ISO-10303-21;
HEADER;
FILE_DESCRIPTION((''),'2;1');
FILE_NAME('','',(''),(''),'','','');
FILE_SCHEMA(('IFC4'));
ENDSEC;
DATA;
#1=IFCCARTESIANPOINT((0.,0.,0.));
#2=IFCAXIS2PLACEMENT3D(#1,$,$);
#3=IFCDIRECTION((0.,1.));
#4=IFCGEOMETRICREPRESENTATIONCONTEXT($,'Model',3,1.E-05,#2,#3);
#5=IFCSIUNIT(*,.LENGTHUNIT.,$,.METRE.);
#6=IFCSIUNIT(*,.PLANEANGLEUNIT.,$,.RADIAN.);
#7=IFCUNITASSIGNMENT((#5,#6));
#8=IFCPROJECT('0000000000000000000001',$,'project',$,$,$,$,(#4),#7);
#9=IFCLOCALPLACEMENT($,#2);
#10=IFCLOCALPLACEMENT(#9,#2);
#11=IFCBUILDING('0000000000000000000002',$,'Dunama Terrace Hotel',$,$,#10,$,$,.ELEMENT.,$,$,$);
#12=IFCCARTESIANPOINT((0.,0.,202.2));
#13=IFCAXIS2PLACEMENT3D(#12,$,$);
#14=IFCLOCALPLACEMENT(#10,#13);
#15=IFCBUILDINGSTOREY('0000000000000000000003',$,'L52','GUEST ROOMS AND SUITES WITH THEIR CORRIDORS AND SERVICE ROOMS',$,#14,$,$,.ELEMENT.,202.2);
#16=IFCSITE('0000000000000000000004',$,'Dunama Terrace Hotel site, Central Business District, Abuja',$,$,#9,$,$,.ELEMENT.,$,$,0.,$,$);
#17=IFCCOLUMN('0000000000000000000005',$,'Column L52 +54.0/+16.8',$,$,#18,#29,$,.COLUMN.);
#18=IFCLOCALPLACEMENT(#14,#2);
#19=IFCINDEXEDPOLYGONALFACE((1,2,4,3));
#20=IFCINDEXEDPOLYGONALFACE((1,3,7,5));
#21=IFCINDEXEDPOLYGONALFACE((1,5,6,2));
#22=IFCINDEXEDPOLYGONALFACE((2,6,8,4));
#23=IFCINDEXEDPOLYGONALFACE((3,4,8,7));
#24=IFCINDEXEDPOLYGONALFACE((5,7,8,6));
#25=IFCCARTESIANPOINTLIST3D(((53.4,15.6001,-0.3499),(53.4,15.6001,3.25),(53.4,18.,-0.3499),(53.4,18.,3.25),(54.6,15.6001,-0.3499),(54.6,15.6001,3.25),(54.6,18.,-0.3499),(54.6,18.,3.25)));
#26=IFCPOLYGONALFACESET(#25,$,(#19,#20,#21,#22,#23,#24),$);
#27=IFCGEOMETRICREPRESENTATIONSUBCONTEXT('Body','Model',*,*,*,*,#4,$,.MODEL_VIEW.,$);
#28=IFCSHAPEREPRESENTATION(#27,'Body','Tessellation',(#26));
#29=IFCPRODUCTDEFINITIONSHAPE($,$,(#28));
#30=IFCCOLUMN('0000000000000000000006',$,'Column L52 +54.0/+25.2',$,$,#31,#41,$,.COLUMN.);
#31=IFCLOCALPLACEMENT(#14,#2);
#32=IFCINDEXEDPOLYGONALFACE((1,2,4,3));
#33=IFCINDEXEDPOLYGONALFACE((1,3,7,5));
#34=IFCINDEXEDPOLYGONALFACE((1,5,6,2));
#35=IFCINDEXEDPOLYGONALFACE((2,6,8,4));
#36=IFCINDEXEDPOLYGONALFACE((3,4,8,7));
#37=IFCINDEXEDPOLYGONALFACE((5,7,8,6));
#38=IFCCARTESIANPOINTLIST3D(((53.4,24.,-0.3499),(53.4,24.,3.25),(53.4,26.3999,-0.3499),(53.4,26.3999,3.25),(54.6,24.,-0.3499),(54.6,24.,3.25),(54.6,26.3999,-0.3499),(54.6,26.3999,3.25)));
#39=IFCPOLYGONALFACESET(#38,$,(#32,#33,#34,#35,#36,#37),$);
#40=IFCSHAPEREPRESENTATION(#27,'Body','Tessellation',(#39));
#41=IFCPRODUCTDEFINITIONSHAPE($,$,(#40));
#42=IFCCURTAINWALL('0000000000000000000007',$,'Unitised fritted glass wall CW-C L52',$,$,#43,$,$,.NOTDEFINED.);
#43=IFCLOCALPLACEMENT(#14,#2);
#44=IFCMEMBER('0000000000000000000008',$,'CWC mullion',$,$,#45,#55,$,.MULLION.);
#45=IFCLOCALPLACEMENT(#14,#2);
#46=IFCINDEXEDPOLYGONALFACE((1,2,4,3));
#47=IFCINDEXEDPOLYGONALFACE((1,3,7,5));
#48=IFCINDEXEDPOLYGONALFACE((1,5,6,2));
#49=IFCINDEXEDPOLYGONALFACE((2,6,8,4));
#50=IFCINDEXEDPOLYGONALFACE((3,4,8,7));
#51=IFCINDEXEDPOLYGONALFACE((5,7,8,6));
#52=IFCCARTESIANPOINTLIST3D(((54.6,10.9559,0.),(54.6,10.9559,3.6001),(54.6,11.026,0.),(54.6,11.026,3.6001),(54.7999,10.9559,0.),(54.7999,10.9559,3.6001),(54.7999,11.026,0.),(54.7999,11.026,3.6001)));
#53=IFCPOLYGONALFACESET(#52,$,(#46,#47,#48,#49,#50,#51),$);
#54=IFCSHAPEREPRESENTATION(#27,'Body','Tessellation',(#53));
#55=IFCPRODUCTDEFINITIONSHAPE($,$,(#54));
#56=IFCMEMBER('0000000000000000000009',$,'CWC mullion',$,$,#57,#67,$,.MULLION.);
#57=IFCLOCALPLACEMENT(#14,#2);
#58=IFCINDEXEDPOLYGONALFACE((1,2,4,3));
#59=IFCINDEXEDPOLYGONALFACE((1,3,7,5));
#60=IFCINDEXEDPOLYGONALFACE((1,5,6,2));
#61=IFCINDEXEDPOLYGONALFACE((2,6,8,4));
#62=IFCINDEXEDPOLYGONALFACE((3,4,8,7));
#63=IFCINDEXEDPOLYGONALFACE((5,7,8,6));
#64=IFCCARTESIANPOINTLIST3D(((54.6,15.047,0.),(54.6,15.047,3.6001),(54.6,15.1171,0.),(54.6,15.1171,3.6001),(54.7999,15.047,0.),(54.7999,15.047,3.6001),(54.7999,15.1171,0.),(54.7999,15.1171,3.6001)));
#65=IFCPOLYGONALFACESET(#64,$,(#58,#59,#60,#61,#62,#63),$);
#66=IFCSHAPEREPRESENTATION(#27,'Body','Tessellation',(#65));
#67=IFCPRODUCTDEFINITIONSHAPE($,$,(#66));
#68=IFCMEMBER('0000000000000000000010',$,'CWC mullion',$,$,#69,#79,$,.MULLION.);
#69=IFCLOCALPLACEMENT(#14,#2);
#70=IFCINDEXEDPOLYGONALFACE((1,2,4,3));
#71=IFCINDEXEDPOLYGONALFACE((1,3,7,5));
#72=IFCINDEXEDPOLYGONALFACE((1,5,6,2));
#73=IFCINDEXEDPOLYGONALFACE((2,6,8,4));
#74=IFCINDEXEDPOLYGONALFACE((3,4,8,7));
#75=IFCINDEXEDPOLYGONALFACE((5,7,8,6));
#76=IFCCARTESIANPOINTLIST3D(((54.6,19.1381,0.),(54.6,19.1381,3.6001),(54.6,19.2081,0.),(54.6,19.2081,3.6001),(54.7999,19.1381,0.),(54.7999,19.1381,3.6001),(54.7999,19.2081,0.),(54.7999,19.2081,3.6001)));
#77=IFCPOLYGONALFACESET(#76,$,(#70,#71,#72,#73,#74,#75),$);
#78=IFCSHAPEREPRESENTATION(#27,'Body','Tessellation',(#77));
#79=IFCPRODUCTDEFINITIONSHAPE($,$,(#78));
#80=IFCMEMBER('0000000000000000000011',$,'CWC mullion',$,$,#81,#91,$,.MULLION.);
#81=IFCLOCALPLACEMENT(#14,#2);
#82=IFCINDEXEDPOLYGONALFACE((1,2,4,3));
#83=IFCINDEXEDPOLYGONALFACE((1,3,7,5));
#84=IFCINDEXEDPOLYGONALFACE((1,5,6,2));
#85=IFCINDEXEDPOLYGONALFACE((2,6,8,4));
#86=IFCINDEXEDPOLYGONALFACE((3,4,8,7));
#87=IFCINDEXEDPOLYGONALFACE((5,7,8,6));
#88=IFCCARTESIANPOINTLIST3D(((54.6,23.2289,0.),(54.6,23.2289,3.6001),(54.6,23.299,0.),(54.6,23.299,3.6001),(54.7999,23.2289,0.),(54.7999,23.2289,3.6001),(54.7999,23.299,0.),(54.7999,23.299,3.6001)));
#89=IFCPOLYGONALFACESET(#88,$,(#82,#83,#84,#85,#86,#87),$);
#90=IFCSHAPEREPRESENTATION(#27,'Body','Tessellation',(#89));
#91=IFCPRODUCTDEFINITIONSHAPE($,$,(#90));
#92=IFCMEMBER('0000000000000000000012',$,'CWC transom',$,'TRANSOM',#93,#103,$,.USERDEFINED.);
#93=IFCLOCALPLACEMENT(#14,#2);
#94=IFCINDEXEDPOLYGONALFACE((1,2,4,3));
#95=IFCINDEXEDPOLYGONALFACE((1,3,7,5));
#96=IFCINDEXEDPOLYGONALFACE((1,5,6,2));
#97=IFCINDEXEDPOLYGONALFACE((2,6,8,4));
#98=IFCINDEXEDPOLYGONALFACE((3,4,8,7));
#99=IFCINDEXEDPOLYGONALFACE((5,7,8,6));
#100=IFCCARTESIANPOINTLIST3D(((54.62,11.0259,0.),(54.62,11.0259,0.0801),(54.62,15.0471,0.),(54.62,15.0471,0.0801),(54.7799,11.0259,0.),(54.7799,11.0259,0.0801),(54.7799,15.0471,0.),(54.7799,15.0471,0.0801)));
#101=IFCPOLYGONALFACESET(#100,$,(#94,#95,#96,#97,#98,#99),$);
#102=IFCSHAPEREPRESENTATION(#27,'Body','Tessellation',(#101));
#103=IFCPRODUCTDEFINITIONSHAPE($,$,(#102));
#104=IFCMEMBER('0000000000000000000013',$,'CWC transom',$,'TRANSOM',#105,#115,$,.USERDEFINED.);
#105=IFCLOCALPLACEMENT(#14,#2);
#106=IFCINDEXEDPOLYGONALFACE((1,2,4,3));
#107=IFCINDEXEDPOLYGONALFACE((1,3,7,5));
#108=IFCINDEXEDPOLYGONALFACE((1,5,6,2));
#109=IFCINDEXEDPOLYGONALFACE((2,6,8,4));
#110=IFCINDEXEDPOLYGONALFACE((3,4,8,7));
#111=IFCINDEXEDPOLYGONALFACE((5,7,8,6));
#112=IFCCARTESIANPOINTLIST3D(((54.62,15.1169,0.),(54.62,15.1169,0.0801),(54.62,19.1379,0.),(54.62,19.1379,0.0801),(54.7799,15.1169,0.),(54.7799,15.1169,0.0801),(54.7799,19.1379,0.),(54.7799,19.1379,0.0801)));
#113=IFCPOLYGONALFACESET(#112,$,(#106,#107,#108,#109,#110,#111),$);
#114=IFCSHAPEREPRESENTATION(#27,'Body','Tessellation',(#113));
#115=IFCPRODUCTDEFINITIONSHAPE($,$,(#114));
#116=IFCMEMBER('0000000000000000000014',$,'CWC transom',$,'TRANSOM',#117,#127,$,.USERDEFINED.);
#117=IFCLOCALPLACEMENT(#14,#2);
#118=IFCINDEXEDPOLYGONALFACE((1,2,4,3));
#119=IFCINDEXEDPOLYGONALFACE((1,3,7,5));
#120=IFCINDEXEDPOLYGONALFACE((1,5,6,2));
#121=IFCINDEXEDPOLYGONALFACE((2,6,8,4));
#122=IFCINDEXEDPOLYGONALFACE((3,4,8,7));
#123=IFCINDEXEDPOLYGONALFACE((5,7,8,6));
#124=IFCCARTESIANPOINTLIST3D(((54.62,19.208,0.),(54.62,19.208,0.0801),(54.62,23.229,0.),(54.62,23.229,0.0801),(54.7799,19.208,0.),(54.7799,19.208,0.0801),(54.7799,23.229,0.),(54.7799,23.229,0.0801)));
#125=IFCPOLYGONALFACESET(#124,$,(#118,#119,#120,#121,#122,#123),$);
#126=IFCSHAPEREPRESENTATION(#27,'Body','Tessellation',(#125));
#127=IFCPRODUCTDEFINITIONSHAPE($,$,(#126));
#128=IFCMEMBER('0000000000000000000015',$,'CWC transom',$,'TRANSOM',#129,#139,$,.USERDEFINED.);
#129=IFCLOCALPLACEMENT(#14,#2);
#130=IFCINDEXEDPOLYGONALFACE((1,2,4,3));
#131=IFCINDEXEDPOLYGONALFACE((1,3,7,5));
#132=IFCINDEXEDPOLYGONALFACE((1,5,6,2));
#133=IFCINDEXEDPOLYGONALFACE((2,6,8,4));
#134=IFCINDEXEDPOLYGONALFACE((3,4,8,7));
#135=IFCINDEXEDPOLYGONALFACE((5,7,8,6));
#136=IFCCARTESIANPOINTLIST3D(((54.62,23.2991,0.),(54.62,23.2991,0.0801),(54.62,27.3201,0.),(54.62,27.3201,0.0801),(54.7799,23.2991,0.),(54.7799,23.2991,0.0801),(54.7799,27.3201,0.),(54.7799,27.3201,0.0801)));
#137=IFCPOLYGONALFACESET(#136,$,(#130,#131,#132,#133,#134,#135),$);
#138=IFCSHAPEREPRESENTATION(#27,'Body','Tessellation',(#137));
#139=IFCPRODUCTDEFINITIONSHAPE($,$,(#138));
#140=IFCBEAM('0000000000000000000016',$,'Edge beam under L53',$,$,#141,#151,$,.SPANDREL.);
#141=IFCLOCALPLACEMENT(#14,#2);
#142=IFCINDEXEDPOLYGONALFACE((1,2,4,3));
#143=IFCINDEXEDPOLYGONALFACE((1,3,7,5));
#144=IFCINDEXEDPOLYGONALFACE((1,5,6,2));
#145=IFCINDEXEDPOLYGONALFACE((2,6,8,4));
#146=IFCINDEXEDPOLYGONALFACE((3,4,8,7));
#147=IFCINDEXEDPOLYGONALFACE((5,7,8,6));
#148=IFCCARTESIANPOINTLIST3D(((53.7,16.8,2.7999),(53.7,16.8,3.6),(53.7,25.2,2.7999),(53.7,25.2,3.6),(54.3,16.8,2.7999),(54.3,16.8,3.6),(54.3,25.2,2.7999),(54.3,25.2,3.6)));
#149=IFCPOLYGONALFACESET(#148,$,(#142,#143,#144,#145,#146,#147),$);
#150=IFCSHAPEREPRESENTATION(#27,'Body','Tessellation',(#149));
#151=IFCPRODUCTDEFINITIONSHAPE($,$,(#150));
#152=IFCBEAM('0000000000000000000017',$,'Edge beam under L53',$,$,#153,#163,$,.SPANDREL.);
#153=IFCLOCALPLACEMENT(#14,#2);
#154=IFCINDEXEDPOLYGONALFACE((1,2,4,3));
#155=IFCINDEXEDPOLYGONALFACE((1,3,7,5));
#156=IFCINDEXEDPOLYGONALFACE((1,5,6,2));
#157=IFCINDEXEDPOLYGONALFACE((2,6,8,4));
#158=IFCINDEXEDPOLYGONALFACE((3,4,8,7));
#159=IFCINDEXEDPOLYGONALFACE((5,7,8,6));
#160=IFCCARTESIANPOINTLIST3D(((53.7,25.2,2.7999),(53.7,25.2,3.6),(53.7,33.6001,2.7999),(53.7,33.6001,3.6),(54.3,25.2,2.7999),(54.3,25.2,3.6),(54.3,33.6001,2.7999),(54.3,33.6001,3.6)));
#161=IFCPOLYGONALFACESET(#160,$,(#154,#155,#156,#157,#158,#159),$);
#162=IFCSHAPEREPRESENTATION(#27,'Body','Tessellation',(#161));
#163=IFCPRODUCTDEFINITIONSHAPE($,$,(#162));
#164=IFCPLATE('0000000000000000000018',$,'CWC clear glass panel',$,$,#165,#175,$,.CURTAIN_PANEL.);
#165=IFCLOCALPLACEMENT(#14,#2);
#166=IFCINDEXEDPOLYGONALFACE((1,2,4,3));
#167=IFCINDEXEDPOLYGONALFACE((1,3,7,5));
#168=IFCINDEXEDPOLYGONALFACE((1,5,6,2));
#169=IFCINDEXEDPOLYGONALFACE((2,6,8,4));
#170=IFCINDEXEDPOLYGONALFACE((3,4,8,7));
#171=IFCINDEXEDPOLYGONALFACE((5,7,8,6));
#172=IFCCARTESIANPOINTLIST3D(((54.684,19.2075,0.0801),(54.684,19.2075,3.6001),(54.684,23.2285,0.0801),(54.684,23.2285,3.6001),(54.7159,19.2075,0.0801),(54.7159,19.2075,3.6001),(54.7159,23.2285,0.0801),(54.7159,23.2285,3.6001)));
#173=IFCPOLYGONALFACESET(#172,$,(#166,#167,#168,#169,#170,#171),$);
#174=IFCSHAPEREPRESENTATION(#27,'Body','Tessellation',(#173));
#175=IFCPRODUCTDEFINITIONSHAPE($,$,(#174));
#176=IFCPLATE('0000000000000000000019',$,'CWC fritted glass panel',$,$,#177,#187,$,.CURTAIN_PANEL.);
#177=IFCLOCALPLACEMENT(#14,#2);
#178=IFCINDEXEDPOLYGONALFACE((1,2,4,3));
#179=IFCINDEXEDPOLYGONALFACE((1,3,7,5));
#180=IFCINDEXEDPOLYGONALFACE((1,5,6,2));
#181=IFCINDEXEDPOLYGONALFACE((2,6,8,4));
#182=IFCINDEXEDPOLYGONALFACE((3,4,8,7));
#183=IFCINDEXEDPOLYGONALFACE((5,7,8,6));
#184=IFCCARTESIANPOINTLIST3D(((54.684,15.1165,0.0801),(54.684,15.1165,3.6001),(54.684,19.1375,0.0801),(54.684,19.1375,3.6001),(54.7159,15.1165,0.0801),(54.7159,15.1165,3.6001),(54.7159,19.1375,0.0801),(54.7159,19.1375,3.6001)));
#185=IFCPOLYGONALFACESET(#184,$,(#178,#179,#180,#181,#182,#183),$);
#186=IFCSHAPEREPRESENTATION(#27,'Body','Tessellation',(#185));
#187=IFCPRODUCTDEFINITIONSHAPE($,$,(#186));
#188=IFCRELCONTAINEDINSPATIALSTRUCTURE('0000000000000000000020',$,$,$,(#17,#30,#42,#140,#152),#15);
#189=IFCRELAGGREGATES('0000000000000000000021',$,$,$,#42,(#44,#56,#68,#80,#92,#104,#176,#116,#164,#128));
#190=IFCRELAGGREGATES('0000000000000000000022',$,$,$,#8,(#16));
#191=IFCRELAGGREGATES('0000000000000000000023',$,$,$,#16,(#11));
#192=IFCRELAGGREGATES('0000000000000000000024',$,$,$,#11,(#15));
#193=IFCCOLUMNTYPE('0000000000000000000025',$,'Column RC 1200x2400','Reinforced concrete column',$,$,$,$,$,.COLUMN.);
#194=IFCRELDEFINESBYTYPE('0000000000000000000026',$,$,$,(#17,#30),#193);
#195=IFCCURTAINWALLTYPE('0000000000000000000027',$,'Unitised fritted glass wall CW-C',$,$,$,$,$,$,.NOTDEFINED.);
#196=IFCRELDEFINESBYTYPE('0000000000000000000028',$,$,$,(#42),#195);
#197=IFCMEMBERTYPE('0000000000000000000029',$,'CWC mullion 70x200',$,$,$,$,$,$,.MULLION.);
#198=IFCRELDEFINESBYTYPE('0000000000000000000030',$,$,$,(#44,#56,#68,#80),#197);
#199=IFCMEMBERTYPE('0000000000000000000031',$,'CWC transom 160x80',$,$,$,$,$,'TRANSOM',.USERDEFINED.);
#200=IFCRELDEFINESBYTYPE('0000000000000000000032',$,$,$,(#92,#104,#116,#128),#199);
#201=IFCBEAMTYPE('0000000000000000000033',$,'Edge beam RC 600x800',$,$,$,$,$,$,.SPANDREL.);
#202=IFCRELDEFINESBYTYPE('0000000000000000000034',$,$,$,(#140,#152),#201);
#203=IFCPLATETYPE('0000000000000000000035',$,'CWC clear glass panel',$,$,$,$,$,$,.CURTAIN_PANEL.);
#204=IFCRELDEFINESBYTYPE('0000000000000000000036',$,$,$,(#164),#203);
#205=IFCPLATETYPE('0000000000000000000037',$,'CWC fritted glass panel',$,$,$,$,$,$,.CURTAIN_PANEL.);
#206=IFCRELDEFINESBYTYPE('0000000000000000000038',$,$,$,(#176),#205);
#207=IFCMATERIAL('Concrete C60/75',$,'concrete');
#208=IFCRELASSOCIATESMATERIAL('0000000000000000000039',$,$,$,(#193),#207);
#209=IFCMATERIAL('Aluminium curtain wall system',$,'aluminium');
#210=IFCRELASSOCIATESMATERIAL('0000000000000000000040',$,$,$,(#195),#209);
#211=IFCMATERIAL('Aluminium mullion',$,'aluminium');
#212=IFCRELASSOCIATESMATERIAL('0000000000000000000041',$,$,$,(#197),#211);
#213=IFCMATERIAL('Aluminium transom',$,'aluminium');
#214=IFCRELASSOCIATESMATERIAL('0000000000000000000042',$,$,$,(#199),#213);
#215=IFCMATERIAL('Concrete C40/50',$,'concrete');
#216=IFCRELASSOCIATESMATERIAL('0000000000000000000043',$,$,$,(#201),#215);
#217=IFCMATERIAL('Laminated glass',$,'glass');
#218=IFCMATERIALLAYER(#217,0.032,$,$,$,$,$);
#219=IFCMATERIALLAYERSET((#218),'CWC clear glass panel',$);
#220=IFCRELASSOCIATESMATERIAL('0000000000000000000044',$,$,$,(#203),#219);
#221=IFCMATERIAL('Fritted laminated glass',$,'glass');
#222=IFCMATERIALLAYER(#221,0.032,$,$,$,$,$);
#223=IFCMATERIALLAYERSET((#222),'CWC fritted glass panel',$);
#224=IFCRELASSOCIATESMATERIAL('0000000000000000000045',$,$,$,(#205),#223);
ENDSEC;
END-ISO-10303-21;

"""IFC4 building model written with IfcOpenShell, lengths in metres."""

from ifc_helpers import new_model, si_unit, direction, frame, origin, origin_2d, place, context, subcontext, project, spatial, rectangle, extrude, material, layer, layer_set, material_profile, profile_set, type_object, element, aggregate, save


model = new_model("IFC4")

# Units and contexts
model_context = context("Model", 3, precision=1e-05, world=origin(), true_north=direction((0.0, 1.0)))
body_context = subcontext(model_context, "Body", "Model", "MODEL_VIEW")
ifc_project = project(units=[si_unit("LENGTHUNIT", "METRE"), si_unit("PLANEANGLEUNIT", "RADIAN")], contexts=[model_context])

# Site, building, storey
site_placement = place(None, origin())
site = spatial("IfcSite", under=ifc_project, at=site_placement, Name="Dunama Terrace Hotel site, Central Business District, Abuja", CompositionType="ELEMENT", RefElevation=0.0)
building_placement = place(site_placement, origin())
building = spatial("IfcBuilding", under=site, at=building_placement, Name="Dunama Terrace Hotel", CompositionType="ELEMENT")
storey_placement = place(building_placement, frame((0.0, 0.0, 202.2)))
storey = spatial("IfcBuildingStorey", under=building, at=storey_placement, Name="L52", Description="GUEST ROOMS AND SUITES WITH THEIR CORRIDORS AND SERVICE ROOMS", CompositionType="ELEMENT", Elevation=202.2)

# Columns
ifc_material_1 = material(Name="Concrete C60/75", Category="concrete")
ifc_material_profile_1 = material_profile(ifc_material_1, rectangle(XDim=1.2, YDim=2.3999, at=origin_2d()), Name="RC 1200x2400")
ifc_profile_set_1 = profile_set([ifc_material_profile_1], Name="Concrete C60/75")
column_type = type_object("IfcColumnType", Name="Column RC 1200x2400", Description="Reinforced concrete column", PredefinedType="COLUMN", material=ifc_profile_set_1)
for number, where, z_axis, x_axis, name in (
    (1, (54.0, 16.8, -0.3499), (0.0, 0.0, 1.0), (1.0, 0.0, 0.0), "Column L52 +54.0/+16.8"),
    (2, (54.0, 25.2, -0.3499), (0.0, 0.0, 1.0), (1.0, 0.0, 0.0), "Column L52 +54.0/+25.2"),
):
    element("IfcColumn", number, at=place(storey_placement, frame(where, z_axis=z_axis, x_axis=x_axis)), inside=storey, type_object=column_type, Name=name, PredefinedType="COLUMN", context=body_context, shape_type="SweptSolid", body=[
        extrude(rectangle(XDim=1.2, YDim=2.3999, at=origin_2d()), origin(), (0.0, 0.0, 1.0), 3.5999),
    ])

# Curtain wall, members
ifc_material_2 = material(Name="Aluminium curtain wall system", Category="aluminium")
curtain_wall_type = type_object("IfcCurtainWallType", Name="Unitised fritted glass wall CW-C", PredefinedType="NOTDEFINED", material=ifc_material_2)
curtain_wall_placement = place(storey_placement, origin())
curtain_wall = element("IfcCurtainWall", 3, at=curtain_wall_placement, inside=storey, type_object=curtain_wall_type, Name="Unitised fritted glass wall CW-C L52", PredefinedType="NOTDEFINED")
ifc_material_3 = material(Name="Aluminium mullion", Category="aluminium")
ifc_material_profile_2 = material_profile(ifc_material_3, rectangle(XDim=0.0701, YDim=0.2, at=origin_2d()), Name="CWC MULLION 70X200")
ifc_profile_set_2 = profile_set([ifc_material_profile_2], Name="Aluminium mullion")
member_type_1 = type_object("IfcMemberType", Name="CWC mullion 70x200", PredefinedType="MULLION", material=ifc_profile_set_2)
member_1_placement = place(storey_placement, frame((54.7, 10.991, 0.0), z_axis=(0.0, 0.0, 1.0), x_axis=(0.0, 1.0, 0.0)))
member_1 = element("IfcMember", 4, at=member_1_placement, type_object=member_type_1, Name="CWC mullion", PredefinedType="MULLION", context=body_context, shape_type="SweptSolid", body=[
    extrude(rectangle(XDim=0.0701, YDim=0.2, at=origin_2d()), origin(), (0.0, 0.0, 1.0), 3.6001),
])
member_2_placement = place(storey_placement, frame((54.7, 15.082, 0.0), z_axis=(0.0, 0.0, 1.0), x_axis=(0.0, 1.0, 0.0)))
member_2 = element("IfcMember", 5, at=member_2_placement, type_object=member_type_1, Name="CWC mullion", PredefinedType="MULLION", context=body_context, shape_type="SweptSolid", body=[
    extrude(rectangle(XDim=0.0701, YDim=0.2, at=origin_2d()), origin(), (0.0, 0.0, 1.0), 3.6001),
])
member_3_placement = place(storey_placement, frame((54.7, 19.1731, 0.0), z_axis=(0.0, 0.0, 1.0), x_axis=(0.0, 1.0, 0.0)))
member_3 = element("IfcMember", 6, at=member_3_placement, type_object=member_type_1, Name="CWC mullion", PredefinedType="MULLION", context=body_context, shape_type="SweptSolid", body=[
    extrude(rectangle(XDim=0.0701, YDim=0.2, at=origin_2d()), origin(), (0.0, 0.0, 1.0), 3.6001),
])
member_4_placement = place(storey_placement, frame((54.7, 23.2639, 0.0), z_axis=(0.0, 0.0, 1.0), x_axis=(0.0, 1.0, 0.0)))
member_4 = element("IfcMember", 7, at=member_4_placement, type_object=member_type_1, Name="CWC mullion", PredefinedType="MULLION", context=body_context, shape_type="SweptSolid", body=[
    extrude(rectangle(XDim=0.0701, YDim=0.2, at=origin_2d()), origin(), (0.0, 0.0, 1.0), 3.6001),
])
ifc_material_4 = material(Name="Aluminium transom", Category="aluminium")
ifc_material_profile_3 = material_profile(ifc_material_4, rectangle(XDim=0.1599, YDim=0.0801, at=origin_2d()), Name="CWC TRANSOM 160X80")
ifc_profile_set_3 = profile_set([ifc_material_profile_3], Name="Aluminium transom")
member_type_2 = type_object("IfcMemberType", Name="CWC transom 160x80", ElementType="TRANSOM", PredefinedType="USERDEFINED", material=ifc_profile_set_3)
member_5_placement = place(storey_placement, frame((54.7, 11.0259, 0.04), z_axis=(0.0, 1.0, 0.0), x_axis=(-1.0, 0.0, 0.0)))
member_5 = element("IfcMember", 8, at=member_5_placement, type_object=member_type_2, Name="CWC transom", ObjectType="TRANSOM", PredefinedType="USERDEFINED", context=body_context, shape_type="SweptSolid", body=[
    extrude(rectangle(XDim=0.1599, YDim=0.0801, at=origin_2d()), origin(), (0.0, 0.0, 1.0), 4.0212),
])
member_6_placement = place(storey_placement, frame((54.7, 15.1169, 0.04), z_axis=(0.0, 1.0, 0.0), x_axis=(-1.0, 0.0, 0.0)))
member_6 = element("IfcMember", 9, at=member_6_placement, type_object=member_type_2, Name="CWC transom", ObjectType="TRANSOM", PredefinedType="USERDEFINED", context=body_context, shape_type="SweptSolid", body=[
    extrude(rectangle(XDim=0.1599, YDim=0.0801, at=origin_2d()), origin(), (0.0, 0.0, 1.0), 4.021),
])
member_7_placement = place(storey_placement, frame((54.7, 19.208, 0.04), z_axis=(0.0, 1.0, 0.0), x_axis=(-1.0, 0.0, 0.0)))
member_7 = element("IfcMember", 10, at=member_7_placement, type_object=member_type_2, Name="CWC transom", ObjectType="TRANSOM", PredefinedType="USERDEFINED", context=body_context, shape_type="SweptSolid", body=[
    extrude(rectangle(XDim=0.1599, YDim=0.0801, at=origin_2d()), origin(), (0.0, 0.0, 1.0), 4.021),
])
member_8_placement = place(storey_placement, frame((54.7, 23.2991, 0.04), z_axis=(0.0, 1.0, 0.0), x_axis=(-1.0, 0.0, 0.0)))
member_8 = element("IfcMember", 11, at=member_8_placement, type_object=member_type_2, Name="CWC transom", ObjectType="TRANSOM", PredefinedType="USERDEFINED", context=body_context, shape_type="SweptSolid", body=[
    extrude(rectangle(XDim=0.1599, YDim=0.0801, at=origin_2d()), origin(), (0.0, 0.0, 1.0), 4.021),
])

# Beams
ifc_material_5 = material(Name="Concrete C40/50", Category="concrete")
ifc_material_profile_4 = material_profile(ifc_material_5, rectangle(XDim=0.6001, YDim=0.8, at=origin_2d()), Name="RC 600x800")
ifc_profile_set_4 = profile_set([ifc_material_profile_4], Name="Concrete C40/50")
beam_type = type_object("IfcBeamType", Name="Edge beam RC 600x800", PredefinedType="SPANDREL", material=ifc_profile_set_4)
beam_1_placement = place(storey_placement, frame((54.0, 16.8, 3.2), z_axis=(0.0, 1.0, 0.0), x_axis=(-1.0, 0.0, 0.0)))
element("IfcBeam", 12, at=beam_1_placement, inside=storey, type_object=beam_type, Name="Edge beam under L53", PredefinedType="SPANDREL", context=body_context, shape_type="SweptSolid", body=[
    extrude(rectangle(XDim=0.6001, YDim=0.8, at=origin_2d()), origin(), (0.0, 0.0, 1.0), 8.3999),
])
beam_2_placement = place(storey_placement, frame((54.0, 25.2, 3.2), z_axis=(0.0, 1.0, 0.0), x_axis=(-1.0, 0.0, 0.0)))
element("IfcBeam", 13, at=beam_2_placement, inside=storey, type_object=beam_type, Name="Edge beam under L53", PredefinedType="SPANDREL", context=body_context, shape_type="SweptSolid", body=[
    extrude(rectangle(XDim=0.6001, YDim=0.8, at=origin_2d()), origin(), (0.0, 0.0, 1.0), 8.4001),
])

# Plates
ifc_material_6 = material(Name="Laminated glass", Category="glass")
ifc_layer_1 = layer(ifc_material_6, 0.032)
ifc_layer_set_1 = layer_set([ifc_layer_1], Name="CWC clear glass panel")
plate_type_1 = type_object("IfcPlateType", Name="CWC clear glass panel", PredefinedType="CURTAIN_PANEL", material=ifc_layer_set_1)
plate_1_placement = place(storey_placement, frame((54.7, 21.218, 0.0801), z_axis=(0.0, 0.0, 1.0), x_axis=(0.0, 1.0, 0.0)))
plate_1 = element("IfcPlate", 14, at=plate_1_placement, type_object=plate_type_1, Name="CWC clear glass panel", PredefinedType="CURTAIN_PANEL", context=body_context, shape_type="SweptSolid", body=[
    extrude(rectangle(XDim=4.021, YDim=0.032, at=origin_2d()), origin(), (0.0, 0.0, 1.0), 3.52),
])
ifc_material_7 = material(Name="Fritted laminated glass", Category="glass")
ifc_layer_2 = layer(ifc_material_7, 0.032)
ifc_layer_set_2 = layer_set([ifc_layer_2], Name="CWC fritted glass panel")
plate_type_2 = type_object("IfcPlateType", Name="CWC fritted glass panel", PredefinedType="CURTAIN_PANEL", material=ifc_layer_set_2)
plate_2_placement = place(storey_placement, frame((54.7, 17.127, 0.0801), z_axis=(0.0, 0.0, 1.0), x_axis=(0.0, 1.0, 0.0)))
plate_2 = element("IfcPlate", 15, at=plate_2_placement, type_object=plate_type_2, Name="CWC fritted glass panel", PredefinedType="CURTAIN_PANEL", context=body_context, shape_type="SweptSolid", body=[
    extrude(rectangle(XDim=4.021, YDim=0.032, at=origin_2d()), origin(), (0.0, 0.0, 1.0), 3.52),
])
aggregate(curtain_wall, [member_1, member_2, member_3, member_4, member_5, member_6, plate_2, member_7, plate_1, member_8])

save(model, "model.ifc")
